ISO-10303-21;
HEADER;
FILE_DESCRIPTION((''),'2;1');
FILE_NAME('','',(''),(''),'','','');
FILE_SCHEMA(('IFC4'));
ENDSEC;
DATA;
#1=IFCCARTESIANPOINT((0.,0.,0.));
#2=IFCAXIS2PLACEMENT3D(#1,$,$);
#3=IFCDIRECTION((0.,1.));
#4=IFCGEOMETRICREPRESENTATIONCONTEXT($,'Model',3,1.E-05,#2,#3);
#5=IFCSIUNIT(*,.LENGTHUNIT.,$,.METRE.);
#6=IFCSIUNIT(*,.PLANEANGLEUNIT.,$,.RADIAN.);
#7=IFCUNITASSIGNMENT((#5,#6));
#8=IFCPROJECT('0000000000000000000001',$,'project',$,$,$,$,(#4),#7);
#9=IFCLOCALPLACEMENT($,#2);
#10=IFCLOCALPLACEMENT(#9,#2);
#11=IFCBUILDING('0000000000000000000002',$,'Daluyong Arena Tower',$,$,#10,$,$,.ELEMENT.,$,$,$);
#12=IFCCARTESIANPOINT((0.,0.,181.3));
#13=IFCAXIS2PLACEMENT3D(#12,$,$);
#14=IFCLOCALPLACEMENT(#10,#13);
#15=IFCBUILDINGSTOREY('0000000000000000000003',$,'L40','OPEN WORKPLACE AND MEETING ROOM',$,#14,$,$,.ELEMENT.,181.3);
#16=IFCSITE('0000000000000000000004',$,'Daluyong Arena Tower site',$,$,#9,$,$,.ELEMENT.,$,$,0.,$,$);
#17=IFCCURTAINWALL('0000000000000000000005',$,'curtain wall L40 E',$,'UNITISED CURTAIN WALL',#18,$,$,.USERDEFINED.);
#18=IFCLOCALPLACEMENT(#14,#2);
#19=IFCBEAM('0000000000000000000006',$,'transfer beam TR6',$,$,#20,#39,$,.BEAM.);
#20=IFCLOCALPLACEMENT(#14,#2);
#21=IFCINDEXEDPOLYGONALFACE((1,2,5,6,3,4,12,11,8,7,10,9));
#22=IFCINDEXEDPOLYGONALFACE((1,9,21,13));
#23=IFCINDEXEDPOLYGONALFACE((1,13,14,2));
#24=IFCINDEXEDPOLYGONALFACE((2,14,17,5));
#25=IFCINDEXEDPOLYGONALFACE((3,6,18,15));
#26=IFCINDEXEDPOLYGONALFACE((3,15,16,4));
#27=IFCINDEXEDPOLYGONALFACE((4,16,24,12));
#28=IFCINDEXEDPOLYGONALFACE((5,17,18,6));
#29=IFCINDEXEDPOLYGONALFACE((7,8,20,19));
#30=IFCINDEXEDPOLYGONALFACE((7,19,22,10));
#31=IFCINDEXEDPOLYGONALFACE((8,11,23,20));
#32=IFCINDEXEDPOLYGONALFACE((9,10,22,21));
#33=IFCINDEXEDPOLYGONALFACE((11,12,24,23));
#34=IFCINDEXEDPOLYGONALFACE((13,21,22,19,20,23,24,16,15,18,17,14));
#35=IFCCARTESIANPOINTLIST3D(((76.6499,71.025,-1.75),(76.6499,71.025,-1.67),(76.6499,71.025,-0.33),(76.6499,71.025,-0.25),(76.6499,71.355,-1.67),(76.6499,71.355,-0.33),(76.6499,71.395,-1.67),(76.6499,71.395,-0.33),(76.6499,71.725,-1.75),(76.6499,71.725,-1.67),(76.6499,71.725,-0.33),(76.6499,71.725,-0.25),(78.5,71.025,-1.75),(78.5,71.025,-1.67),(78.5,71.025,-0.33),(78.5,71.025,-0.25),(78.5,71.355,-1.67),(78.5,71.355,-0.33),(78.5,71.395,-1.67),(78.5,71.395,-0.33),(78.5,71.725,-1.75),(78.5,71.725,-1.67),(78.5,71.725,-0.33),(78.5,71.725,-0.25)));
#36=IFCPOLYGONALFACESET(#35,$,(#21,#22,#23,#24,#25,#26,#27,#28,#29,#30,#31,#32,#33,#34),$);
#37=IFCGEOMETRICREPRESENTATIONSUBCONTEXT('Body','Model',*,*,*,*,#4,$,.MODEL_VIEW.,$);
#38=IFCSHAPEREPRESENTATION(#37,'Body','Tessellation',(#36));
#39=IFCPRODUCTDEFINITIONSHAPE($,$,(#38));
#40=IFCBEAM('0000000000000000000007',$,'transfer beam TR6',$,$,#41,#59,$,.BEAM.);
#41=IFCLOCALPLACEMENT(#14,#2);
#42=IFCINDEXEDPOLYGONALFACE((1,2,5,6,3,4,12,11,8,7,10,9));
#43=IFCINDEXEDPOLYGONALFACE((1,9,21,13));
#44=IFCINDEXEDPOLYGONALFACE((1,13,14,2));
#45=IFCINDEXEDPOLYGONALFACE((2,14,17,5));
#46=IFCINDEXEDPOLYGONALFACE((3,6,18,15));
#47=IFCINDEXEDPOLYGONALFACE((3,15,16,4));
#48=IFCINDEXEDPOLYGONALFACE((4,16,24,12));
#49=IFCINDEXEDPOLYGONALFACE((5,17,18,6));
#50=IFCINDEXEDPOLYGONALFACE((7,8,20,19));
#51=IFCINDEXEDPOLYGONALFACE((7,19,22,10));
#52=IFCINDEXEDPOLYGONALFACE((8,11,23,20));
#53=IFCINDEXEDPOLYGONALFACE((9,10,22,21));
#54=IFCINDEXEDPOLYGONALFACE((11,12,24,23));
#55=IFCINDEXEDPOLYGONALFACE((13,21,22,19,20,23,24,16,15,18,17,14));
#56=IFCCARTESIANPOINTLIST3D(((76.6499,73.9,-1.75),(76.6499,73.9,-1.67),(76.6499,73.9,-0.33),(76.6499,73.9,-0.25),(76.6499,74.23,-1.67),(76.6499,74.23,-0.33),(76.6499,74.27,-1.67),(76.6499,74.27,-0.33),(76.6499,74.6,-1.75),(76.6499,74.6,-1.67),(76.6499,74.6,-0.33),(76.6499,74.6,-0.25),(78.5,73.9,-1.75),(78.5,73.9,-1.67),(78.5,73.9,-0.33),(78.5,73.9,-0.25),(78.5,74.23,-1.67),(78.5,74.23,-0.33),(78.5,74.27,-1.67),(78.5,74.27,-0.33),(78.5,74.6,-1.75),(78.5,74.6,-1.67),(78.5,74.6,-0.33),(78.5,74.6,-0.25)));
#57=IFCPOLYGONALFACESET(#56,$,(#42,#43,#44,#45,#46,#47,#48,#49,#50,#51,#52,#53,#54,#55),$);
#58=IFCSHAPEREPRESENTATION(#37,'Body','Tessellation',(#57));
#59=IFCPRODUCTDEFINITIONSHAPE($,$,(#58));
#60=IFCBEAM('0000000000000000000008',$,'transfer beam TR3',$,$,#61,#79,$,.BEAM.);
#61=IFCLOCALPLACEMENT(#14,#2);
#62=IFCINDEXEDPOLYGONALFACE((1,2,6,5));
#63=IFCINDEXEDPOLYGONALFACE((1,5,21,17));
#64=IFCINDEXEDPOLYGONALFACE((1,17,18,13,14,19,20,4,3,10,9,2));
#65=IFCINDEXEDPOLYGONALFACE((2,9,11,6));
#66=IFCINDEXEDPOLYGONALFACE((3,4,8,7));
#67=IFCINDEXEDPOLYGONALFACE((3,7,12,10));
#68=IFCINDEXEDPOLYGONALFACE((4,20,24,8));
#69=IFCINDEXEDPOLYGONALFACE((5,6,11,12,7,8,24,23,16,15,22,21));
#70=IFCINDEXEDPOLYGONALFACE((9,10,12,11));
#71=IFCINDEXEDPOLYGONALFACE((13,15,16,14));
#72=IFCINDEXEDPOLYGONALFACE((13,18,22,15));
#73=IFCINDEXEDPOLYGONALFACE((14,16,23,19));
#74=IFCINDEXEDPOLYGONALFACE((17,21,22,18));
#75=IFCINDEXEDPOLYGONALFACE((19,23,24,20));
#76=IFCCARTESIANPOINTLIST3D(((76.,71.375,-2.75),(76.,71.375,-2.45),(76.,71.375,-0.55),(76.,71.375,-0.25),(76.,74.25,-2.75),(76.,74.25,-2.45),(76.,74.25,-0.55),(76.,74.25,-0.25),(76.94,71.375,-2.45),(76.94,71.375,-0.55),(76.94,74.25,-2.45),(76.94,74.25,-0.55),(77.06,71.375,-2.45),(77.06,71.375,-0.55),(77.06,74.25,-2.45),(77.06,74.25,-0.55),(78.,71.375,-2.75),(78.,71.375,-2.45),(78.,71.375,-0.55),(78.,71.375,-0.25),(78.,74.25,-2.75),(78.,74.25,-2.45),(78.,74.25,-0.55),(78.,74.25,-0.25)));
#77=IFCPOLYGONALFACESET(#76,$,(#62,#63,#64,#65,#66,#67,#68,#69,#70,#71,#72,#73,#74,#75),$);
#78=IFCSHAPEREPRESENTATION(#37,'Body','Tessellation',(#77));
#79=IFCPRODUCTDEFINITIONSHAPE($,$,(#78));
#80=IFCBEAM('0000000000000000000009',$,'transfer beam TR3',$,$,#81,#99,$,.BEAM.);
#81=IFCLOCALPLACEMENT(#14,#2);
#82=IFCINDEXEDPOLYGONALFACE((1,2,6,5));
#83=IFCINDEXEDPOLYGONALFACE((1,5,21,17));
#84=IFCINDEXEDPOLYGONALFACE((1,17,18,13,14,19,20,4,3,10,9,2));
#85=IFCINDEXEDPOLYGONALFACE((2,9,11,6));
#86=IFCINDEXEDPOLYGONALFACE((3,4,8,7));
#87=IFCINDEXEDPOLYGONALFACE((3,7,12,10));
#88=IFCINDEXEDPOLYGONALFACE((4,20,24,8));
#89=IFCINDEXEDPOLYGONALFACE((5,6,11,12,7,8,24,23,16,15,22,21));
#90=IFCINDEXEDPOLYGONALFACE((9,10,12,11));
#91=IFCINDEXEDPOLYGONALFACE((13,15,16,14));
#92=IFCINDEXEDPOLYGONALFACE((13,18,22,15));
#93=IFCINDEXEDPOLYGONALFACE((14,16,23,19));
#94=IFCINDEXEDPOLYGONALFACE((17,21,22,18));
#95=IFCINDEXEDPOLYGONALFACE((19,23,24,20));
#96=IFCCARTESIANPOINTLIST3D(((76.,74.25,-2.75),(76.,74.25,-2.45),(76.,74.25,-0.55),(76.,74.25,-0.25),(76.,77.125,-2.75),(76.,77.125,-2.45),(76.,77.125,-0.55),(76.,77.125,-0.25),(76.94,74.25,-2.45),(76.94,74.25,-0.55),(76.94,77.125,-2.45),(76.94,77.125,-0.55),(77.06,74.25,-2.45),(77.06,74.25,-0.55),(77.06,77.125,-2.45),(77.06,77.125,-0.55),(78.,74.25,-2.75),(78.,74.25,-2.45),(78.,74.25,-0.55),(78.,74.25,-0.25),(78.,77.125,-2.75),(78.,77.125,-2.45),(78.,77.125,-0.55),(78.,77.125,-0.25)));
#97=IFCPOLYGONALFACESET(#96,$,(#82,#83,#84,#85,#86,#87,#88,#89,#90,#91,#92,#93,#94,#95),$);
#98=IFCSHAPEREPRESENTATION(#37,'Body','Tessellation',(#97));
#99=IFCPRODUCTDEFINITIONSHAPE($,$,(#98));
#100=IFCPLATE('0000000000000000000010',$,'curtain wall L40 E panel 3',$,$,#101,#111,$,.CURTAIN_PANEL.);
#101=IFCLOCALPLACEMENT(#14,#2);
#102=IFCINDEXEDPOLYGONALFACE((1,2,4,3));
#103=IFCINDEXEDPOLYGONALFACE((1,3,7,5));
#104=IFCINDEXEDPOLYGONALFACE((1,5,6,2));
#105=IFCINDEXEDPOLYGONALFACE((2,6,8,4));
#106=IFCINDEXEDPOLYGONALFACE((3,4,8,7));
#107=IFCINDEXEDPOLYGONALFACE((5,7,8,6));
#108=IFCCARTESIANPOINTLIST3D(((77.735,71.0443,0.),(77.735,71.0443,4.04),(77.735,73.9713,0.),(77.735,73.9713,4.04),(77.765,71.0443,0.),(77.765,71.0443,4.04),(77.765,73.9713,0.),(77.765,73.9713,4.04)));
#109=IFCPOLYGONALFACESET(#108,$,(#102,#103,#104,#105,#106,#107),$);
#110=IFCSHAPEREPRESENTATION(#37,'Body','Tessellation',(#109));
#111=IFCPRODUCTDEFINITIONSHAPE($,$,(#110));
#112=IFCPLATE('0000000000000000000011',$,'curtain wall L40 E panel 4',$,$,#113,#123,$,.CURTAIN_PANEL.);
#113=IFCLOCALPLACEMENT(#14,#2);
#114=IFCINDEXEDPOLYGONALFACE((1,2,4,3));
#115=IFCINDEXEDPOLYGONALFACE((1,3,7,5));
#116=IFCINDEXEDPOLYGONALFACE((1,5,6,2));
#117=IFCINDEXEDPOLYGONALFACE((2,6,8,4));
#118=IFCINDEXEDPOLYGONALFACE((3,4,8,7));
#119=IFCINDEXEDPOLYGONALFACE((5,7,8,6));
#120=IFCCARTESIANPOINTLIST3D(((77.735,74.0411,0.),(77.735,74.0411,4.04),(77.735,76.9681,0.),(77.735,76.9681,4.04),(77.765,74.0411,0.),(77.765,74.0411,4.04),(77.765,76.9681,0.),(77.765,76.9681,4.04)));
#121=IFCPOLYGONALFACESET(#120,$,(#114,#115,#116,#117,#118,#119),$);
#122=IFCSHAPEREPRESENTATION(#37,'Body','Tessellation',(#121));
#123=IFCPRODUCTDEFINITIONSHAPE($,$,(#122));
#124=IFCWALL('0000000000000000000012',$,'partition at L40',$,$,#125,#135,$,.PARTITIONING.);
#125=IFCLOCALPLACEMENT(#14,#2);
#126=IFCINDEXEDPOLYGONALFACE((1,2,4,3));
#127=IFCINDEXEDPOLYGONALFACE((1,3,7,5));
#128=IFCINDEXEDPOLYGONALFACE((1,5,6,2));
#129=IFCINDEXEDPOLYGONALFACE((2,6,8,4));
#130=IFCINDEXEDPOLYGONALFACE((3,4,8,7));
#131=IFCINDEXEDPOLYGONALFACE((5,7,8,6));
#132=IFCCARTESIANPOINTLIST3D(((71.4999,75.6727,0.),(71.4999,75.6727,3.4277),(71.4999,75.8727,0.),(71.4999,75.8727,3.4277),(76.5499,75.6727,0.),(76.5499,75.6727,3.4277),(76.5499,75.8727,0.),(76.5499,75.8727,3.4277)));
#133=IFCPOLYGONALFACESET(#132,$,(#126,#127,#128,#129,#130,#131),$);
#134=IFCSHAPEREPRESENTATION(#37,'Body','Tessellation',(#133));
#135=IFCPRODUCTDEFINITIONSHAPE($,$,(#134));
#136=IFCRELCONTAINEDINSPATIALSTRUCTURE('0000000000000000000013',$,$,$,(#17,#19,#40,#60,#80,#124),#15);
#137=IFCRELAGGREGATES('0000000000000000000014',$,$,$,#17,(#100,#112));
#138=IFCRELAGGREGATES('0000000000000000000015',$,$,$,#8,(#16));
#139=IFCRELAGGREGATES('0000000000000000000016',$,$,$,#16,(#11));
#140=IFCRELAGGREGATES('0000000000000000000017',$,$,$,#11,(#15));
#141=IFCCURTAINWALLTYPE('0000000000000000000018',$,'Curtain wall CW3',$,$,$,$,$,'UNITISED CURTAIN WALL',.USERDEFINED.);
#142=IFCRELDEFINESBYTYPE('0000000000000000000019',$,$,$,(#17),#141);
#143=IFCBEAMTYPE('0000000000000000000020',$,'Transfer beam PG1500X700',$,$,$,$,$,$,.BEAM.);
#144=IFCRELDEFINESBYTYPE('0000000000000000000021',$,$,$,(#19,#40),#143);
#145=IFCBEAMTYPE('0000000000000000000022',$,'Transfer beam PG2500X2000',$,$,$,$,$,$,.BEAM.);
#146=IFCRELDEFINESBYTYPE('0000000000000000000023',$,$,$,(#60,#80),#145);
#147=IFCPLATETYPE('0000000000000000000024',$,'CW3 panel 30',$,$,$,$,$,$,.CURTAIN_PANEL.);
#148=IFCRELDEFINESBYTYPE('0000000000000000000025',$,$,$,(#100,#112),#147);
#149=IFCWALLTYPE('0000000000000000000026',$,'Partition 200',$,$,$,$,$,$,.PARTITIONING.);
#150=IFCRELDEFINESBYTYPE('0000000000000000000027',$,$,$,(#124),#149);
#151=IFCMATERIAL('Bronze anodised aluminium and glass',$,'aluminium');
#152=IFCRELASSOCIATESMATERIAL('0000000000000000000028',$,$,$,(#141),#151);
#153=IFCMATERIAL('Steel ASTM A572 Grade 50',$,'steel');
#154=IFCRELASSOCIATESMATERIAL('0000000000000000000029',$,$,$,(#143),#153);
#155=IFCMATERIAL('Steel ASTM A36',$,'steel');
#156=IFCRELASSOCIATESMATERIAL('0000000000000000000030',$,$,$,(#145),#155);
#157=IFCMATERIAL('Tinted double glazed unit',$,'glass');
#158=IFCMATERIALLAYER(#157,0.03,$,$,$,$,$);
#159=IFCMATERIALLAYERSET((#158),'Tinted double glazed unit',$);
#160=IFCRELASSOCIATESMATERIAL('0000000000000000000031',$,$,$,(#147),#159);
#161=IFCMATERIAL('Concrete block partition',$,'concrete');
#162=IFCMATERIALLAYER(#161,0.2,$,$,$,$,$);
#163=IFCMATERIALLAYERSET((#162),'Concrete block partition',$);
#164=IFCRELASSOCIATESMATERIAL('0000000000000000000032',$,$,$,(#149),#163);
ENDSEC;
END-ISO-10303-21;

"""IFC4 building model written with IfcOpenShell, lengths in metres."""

from ifc_helpers import new_model, si_unit, direction, frame, frame_2d, origin, origin_2d, place, context, subcontext, project, spatial, rectangle, i_section, extrude, material, layer, layer_set, material_profile, profile_set, type_object, element, aggregate, save


model = new_model("IFC4")

# Units and contexts
model_context = context("Model", 3, precision=1e-05, world=origin(), true_north=direction((0.0, 1.0)))
body_context = subcontext(model_context, "Body", "Model", "MODEL_VIEW")
ifc_project = project(units=[si_unit("LENGTHUNIT", "METRE"), si_unit("PLANEANGLEUNIT", "RADIAN")], contexts=[model_context])

# Site, building, storey
site_placement = place(None, origin())
site = spatial("IfcSite", under=ifc_project, at=site_placement, Name="Daluyong Arena Tower site", CompositionType="ELEMENT", RefElevation=0.0)
building_placement = place(site_placement, origin())
building = spatial("IfcBuilding", under=site, at=building_placement, Name="Daluyong Arena Tower", CompositionType="ELEMENT")
storey_placement = place(building_placement, frame((0.0, 0.0, 181.3)))
storey = spatial("IfcBuildingStorey", under=building, at=storey_placement, Name="L40", Description="OPEN WORKPLACE AND MEETING ROOM", CompositionType="ELEMENT", Elevation=181.3)

# Curtain wall
ifc_material_1 = material(Name="Bronze anodised aluminium and glass", Category="aluminium")
curtain_wall_type = type_object("IfcCurtainWallType", Name="Curtain wall CW3", ElementType="UNITISED CURTAIN WALL", PredefinedType="USERDEFINED", material=ifc_material_1)
curtain_wall_placement = place(storey_placement, origin())
curtain_wall = element("IfcCurtainWall", 1, at=curtain_wall_placement, inside=storey, type_object=curtain_wall_type, Name="curtain wall L40 E", ObjectType="UNITISED CURTAIN WALL", PredefinedType="USERDEFINED")

# Beams
ifc_material_2 = material(Name="Steel ASTM A572 Grade 50", Category="steel")
ifc_material_profile_1 = material_profile(ifc_material_2, i_section(OverallWidth=0.7, OverallDepth=1.5, WebThickness=0.04, FlangeThickness=0.08, at=origin_2d()))
ifc_profile_set_1 = profile_set([ifc_material_profile_1], Name="Steel ASTM A572 Grade 50")
beam_type_1 = type_object("IfcBeamType", Name="Transfer beam PG1500X700", PredefinedType="BEAM", material=ifc_profile_set_1)
for number, where, z_axis, x_axis, name in (
    (2, (78.5, 71.375, -1.0), (-1.0, 0.0, 0.0), (0.0, -1.0, 0.0), "transfer beam TR6"),
    (3, (78.5, 74.25, -1.0), (-1.0, 0.0, 0.0), (0.0, -1.0, 0.0), "transfer beam TR6"),
):
    element("IfcBeam", number, at=place(storey_placement, frame(where, z_axis=z_axis, x_axis=x_axis)), inside=storey, type_object=beam_type_1, Name=name, PredefinedType="BEAM", context=body_context, shape_type="SweptSolid", body=[
        extrude(i_section(OverallWidth=0.7, OverallDepth=1.5, WebThickness=0.04, FlangeThickness=0.08, at=origin_2d()), origin(), (0.0, 0.0, 1.0), 1.8501),
    ])
ifc_material_3 = material(Name="Steel ASTM A36", Category="steel")
ifc_material_profile_2 = material_profile(ifc_material_3, i_section(OverallWidth=2.0, OverallDepth=2.5, WebThickness=0.12, FlangeThickness=0.3, at=origin_2d()))
ifc_profile_set_2 = profile_set([ifc_material_profile_2], Name="Steel ASTM A36")
beam_type_2 = type_object("IfcBeamType", Name="Transfer beam PG2500X2000", PredefinedType="BEAM", material=ifc_profile_set_2)
for number, where, z_axis, x_axis, name in (
    (4, (77.0, 71.375, -1.5), (0.0, 1.0, 0.0), (-1.0, 0.0, 0.0), "transfer beam TR3"),
    (5, (77.0, 74.25, -1.5), (0.0, 1.0, 0.0), (-1.0, 0.0, 0.0), "transfer beam TR3"),
):
    element("IfcBeam", number, at=place(storey_placement, frame(where, z_axis=z_axis, x_axis=x_axis)), inside=storey, type_object=beam_type_2, Name=name, PredefinedType="BEAM", context=body_context, shape_type="SweptSolid", body=[
        extrude(i_section(OverallWidth=2.0, OverallDepth=2.5, WebThickness=0.12, FlangeThickness=0.3, at=origin_2d()), origin(), (0.0, 0.0, 1.0), 2.875),
    ])

# Plates
ifc_material_4 = material(Name="Tinted double glazed unit", Category="glass")
ifc_layer_1 = layer(ifc_material_4, 0.03)
ifc_layer_set_1 = layer_set([ifc_layer_1], Name="Tinted double glazed unit")
plate_type = type_object("IfcPlateType", Name="CW3 panel 30", PredefinedType="CURTAIN_PANEL", material=ifc_layer_set_1)
plate_1_placement = place(storey_placement, frame((77.75, 72.5078, 0.0), z_axis=(0.0, 0.0, 1.0), x_axis=(0.0, 1.0, 0.0)))
plate_1 = element("IfcPlate", 6, at=plate_1_placement, type_object=plate_type, Name="curtain wall L40 E panel 3", PredefinedType="CURTAIN_PANEL", context=body_context, shape_type="SweptSolid", body=[
    extrude(rectangle(XDim=2.927, YDim=0.03, at=origin_2d()), origin(), (0.0, 0.0, 1.0), 4.04),
])
plate_2_placement = place(storey_placement, frame((77.75, 75.5046, 0.0), z_axis=(0.0, 0.0, 1.0), x_axis=(0.0, 1.0, 0.0)))
plate_2 = element("IfcPlate", 7, at=plate_2_placement, type_object=plate_type, Name="curtain wall L40 E panel 4", PredefinedType="CURTAIN_PANEL", context=body_context, shape_type="SweptSolid", body=[
    extrude(rectangle(XDim=2.927, YDim=0.03, at=origin_2d()), origin(), (0.0, 0.0, 1.0), 4.04),
])
aggregate(curtain_wall, [plate_1, plate_2])

# Wall
ifc_material_5 = material(Name="Concrete block partition", Category="concrete")
ifc_layer_2 = layer(ifc_material_5, 0.2)
ifc_layer_set_2 = layer_set([ifc_layer_2], Name="Concrete block partition")
wall_type_1 = type_object("IfcWallType", Name="Partition 200", PredefinedType="PARTITIONING", material=ifc_layer_set_2)
wall_1_placement = place(storey_placement, frame((71.5, 75.7727, 0.0), z_axis=(0.0, 0.0, 1.0), x_axis=(1.0, 0.0, 0.0)))
element("IfcWall", 8, at=wall_1_placement, inside=storey, type_object=wall_type_1, Name="partition at L40", PredefinedType="PARTITIONING", context=body_context, shape_type="SweptSolid", body=[
    extrude(rectangle(XDim=5.05, YDim=0.2, at=frame_2d((2.5249, 0.0))), origin(), (0.0, 0.0, 1.0), 3.4277),
])

save(model, "model.ifc")
